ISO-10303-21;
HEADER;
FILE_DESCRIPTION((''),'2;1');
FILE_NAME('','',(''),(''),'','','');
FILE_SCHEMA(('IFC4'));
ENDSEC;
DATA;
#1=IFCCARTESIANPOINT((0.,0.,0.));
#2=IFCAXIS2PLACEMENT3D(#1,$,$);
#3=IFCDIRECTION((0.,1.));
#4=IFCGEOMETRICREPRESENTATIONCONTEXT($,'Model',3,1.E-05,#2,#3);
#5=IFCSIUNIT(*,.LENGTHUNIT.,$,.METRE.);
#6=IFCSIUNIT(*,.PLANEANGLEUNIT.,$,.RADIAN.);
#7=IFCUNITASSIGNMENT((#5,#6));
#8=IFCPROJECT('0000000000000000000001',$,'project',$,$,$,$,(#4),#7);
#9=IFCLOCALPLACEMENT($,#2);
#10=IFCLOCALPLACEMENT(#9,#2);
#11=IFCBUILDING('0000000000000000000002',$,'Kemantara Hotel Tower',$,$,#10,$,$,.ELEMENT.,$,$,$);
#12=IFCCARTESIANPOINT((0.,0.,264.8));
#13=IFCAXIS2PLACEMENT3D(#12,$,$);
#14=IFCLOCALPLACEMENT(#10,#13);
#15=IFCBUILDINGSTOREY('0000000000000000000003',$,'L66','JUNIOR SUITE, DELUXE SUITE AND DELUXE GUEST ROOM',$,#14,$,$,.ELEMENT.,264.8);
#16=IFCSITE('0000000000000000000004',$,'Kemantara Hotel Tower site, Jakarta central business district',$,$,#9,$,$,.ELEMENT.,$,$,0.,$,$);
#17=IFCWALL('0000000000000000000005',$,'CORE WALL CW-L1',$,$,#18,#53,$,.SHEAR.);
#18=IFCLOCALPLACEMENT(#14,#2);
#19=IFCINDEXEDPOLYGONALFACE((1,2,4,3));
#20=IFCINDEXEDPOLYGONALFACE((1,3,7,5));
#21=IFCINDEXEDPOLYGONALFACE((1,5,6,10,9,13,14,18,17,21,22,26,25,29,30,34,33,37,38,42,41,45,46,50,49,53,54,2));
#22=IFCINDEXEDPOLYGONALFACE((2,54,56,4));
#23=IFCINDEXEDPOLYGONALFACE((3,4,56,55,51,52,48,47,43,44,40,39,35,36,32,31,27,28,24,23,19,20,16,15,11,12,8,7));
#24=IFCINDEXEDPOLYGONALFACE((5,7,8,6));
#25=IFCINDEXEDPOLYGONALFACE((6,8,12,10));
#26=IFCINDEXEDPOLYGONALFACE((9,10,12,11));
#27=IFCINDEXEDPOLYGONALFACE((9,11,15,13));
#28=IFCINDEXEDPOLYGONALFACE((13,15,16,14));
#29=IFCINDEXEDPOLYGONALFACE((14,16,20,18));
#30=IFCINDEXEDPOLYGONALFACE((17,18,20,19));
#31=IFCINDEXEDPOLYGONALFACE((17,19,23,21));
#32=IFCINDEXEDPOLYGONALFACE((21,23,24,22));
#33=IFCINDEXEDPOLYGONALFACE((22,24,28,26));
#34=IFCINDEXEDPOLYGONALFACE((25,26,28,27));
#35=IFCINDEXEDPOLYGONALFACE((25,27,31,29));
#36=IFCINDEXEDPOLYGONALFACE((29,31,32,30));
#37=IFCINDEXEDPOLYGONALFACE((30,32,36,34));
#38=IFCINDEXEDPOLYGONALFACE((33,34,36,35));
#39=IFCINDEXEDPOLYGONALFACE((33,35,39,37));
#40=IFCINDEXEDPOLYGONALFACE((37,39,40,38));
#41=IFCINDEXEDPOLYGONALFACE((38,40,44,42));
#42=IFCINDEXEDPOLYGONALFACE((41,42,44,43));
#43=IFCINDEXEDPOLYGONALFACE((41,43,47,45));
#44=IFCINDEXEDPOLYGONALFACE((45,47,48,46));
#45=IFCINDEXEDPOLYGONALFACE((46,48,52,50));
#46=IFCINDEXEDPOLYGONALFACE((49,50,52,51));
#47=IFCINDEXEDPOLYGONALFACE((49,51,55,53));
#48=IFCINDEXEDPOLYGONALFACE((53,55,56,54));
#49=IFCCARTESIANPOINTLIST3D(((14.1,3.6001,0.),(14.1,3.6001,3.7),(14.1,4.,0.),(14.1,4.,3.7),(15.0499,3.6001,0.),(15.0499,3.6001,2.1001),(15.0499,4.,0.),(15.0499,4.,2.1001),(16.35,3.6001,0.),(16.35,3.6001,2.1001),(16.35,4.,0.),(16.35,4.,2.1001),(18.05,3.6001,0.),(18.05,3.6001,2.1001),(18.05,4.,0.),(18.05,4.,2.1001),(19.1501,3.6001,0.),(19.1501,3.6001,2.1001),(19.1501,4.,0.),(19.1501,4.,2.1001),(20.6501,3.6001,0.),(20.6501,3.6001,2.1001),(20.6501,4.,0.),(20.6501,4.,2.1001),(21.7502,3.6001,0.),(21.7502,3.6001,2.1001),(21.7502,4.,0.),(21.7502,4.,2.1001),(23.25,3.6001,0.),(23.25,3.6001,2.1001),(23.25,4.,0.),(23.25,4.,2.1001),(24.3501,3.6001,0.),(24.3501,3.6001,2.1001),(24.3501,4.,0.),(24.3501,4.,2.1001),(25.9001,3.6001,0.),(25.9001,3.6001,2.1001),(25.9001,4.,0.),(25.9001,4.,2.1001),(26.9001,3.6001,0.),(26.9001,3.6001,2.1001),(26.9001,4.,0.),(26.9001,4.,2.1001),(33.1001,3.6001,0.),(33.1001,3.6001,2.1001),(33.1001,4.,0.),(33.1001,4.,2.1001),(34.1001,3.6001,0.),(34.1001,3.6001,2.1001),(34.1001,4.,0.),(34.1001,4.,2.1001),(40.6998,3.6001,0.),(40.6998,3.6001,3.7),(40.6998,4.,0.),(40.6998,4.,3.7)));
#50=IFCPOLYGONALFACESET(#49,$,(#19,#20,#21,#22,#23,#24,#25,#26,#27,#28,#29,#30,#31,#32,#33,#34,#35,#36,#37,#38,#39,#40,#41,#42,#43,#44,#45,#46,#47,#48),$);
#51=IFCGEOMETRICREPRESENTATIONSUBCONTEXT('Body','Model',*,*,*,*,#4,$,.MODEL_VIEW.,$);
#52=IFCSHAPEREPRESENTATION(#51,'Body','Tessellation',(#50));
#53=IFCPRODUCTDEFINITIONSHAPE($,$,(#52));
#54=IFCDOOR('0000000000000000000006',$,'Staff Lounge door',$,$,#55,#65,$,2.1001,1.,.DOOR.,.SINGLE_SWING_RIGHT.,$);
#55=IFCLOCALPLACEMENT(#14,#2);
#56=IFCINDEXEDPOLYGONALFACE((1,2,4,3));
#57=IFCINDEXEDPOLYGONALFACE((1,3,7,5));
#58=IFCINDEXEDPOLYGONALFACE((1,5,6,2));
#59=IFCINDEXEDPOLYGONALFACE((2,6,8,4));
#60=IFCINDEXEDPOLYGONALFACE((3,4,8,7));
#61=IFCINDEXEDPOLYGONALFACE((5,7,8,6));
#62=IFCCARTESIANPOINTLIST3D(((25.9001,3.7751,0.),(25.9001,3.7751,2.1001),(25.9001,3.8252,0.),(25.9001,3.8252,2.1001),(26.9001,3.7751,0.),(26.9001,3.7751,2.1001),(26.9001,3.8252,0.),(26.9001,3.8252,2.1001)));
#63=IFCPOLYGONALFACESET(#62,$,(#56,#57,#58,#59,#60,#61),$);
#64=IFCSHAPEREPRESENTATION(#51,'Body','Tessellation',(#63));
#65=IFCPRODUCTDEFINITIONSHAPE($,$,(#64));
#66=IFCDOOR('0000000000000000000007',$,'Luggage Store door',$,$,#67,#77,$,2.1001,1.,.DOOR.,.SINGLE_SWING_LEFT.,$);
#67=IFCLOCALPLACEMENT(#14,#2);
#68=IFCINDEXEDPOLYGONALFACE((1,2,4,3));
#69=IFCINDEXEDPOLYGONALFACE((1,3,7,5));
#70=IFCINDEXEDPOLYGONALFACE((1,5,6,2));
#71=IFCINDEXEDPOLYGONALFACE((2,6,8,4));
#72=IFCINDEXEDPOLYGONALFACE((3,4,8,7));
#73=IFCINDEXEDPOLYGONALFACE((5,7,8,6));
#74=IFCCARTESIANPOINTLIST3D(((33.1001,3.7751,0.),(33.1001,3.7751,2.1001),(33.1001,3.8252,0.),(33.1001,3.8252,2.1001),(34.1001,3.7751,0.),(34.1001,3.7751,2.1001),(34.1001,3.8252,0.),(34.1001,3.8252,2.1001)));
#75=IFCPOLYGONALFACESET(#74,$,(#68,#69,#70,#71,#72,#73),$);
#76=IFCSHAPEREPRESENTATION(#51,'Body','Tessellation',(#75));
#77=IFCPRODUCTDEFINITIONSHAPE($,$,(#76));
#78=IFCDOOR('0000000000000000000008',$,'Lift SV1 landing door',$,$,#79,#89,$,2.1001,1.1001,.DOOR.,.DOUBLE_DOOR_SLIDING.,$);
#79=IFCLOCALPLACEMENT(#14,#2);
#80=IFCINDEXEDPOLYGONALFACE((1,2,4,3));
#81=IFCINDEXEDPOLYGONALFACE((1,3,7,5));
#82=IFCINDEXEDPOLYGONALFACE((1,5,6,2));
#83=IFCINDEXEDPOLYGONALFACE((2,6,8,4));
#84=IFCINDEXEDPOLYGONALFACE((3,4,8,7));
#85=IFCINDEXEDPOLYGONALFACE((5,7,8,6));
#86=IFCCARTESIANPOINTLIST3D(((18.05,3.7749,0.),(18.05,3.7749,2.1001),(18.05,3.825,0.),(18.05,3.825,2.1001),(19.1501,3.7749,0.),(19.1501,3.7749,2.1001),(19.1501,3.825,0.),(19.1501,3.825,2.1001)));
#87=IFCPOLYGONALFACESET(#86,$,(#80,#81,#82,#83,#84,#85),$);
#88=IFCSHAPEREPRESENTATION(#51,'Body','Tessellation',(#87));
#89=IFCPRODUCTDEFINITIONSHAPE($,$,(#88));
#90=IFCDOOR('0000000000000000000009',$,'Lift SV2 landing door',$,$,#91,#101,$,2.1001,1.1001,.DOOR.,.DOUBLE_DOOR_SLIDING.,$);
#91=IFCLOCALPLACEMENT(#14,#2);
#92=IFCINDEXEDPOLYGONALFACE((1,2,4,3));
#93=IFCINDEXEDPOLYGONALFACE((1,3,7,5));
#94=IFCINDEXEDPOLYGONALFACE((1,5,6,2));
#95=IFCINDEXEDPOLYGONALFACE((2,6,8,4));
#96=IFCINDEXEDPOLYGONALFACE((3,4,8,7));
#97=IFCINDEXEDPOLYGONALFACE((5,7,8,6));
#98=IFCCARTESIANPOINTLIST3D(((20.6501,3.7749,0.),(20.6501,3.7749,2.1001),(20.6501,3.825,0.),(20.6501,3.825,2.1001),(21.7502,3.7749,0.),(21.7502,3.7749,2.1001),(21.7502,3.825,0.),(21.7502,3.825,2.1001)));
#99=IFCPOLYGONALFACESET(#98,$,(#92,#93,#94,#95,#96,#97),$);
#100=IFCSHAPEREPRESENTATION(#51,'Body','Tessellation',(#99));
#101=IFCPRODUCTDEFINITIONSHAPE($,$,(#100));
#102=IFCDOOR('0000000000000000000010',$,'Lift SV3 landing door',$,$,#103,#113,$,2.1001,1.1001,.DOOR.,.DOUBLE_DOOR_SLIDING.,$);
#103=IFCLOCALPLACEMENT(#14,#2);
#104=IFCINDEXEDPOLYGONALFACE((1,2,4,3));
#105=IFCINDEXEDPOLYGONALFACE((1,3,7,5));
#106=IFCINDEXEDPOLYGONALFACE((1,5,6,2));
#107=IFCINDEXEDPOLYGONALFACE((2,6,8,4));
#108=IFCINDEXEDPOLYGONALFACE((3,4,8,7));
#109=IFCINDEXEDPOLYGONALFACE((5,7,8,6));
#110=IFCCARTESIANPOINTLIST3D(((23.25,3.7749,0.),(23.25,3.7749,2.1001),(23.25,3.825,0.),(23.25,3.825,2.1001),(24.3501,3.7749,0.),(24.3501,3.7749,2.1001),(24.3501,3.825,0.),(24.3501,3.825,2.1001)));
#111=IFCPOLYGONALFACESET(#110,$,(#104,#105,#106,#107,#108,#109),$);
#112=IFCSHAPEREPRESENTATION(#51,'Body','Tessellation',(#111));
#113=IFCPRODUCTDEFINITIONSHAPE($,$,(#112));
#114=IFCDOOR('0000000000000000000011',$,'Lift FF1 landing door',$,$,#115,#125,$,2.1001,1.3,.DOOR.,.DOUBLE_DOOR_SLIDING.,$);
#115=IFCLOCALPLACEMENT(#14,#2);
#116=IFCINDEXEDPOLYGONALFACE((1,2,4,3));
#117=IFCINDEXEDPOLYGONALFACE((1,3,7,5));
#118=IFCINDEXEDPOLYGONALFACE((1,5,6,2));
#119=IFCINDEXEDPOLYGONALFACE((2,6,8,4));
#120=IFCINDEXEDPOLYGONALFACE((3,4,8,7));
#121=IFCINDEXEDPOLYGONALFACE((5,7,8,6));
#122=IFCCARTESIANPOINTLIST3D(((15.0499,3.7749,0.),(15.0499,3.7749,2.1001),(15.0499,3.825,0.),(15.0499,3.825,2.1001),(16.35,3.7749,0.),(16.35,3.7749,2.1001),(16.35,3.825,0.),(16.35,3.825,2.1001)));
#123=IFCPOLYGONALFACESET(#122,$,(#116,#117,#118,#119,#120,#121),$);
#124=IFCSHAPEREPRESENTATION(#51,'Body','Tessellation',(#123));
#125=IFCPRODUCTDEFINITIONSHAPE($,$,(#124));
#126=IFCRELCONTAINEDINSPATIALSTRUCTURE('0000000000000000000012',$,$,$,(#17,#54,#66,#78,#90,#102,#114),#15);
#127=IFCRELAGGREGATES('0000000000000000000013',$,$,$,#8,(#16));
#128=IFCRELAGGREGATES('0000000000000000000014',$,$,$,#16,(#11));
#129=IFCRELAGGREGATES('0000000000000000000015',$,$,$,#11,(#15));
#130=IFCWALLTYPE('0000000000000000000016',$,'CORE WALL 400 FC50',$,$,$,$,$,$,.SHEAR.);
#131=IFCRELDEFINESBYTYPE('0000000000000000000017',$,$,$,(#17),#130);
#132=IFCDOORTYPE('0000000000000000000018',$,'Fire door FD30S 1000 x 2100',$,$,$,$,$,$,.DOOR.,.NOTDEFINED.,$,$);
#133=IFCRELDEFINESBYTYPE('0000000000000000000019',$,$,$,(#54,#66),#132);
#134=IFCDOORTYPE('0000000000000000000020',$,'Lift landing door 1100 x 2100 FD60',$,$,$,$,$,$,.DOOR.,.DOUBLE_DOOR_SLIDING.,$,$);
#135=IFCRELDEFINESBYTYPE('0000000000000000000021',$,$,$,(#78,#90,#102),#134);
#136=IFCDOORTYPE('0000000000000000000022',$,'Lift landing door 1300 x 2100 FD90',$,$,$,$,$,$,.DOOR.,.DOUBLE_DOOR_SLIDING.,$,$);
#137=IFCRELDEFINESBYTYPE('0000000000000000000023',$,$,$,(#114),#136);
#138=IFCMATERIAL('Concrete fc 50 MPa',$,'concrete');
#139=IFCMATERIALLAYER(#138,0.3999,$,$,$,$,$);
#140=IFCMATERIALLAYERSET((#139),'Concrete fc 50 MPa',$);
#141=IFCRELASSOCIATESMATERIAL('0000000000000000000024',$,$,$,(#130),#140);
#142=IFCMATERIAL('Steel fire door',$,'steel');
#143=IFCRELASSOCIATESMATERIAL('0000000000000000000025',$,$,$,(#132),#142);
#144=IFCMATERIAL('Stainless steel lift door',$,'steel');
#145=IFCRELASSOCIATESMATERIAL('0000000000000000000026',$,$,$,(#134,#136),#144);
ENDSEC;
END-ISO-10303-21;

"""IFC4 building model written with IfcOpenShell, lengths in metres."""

from ifc_helpers import new_model, si_unit, direction, frame, frame_2d, origin, place, context, subcontext, project, spatial, rectangle, extrude, material, layer, layer_set, type_object, element, fill, save


model = new_model("IFC4")

# Units and contexts
model_context = context("Model", 3, precision=1e-05, world=origin(), true_north=direction((0.0, 1.0)))
body_context = subcontext(model_context, "Body", "Model", "MODEL_VIEW")
ifc_project = project(units=[si_unit("LENGTHUNIT", "METRE"), si_unit("PLANEANGLEUNIT", "RADIAN")], contexts=[model_context])

# Site, building, storey
site_placement = place(None, origin())
site = spatial("IfcSite", under=ifc_project, at=site_placement, Name="Kemantara Hotel Tower site, Jakarta central business district", CompositionType="ELEMENT", RefElevation=0.0)
building_placement = place(site_placement, origin())
building = spatial("IfcBuilding", under=site, at=building_placement, Name="Kemantara Hotel Tower", CompositionType="ELEMENT")
storey_placement = place(building_placement, frame((0.0, 0.0, 264.8)))
storey = spatial("IfcBuildingStorey", under=building, at=storey_placement, Name="L66", Description="JUNIOR SUITE, DELUXE SUITE AND DELUXE GUEST ROOM", CompositionType="ELEMENT", Elevation=264.8)

# Shared definitions
ifc_material_1 = material(Name="Concrete fc 50 MPa", Category="concrete")

# Shared definitions
ifc_layer_1 = layer(ifc_material_1, 0.3999)
ifc_layer_set_1 = layer_set([ifc_layer_1], Name="Concrete fc 50 MPa")
wall_type_1 = type_object("IfcWallType", Name="CORE WALL 400 FC50", PredefinedType="SHEAR", material=ifc_layer_set_1)
ifc_material_2 = material(Name="Steel fire door", Category="steel")
door_type_1 = type_object("IfcDoorType", Name="Fire door FD30S 1000 x 2100", OperationType="NOTDEFINED", PredefinedType="DOOR", material=ifc_material_2)

# Wall, openings, doors
wall_1_placement = place(storey_placement, frame((14.1001, 3.8, 0.0), z_axis=(0.0, 0.0, 1.0), x_axis=(1.0, 0.0, 0.0)))
wall_1 = element("IfcWall", 1, at=wall_1_placement, inside=storey, type_object=wall_type_1, Name="CORE WALL CW-L1", PredefinedType="SHEAR", context=body_context, shape_type="SweptSolid", body=[
    extrude(rectangle(XDim=26.5999, YDim=0.3999, at=frame_2d((13.2998, 0.0))), origin(), (0.0, 0.0, 1.0), 3.7),
])
opening_1_placement = place(wall_1_placement, frame((0.95, 0.0, 0.0)))
opening_1 = element("IfcOpeningElement", 2, at=opening_1_placement, cuts=wall_1, PredefinedType="OPENING", context=body_context, shape_type="SweptSolid", body=[
    extrude(rectangle(XDim=1.3, YDim=2.1001, at=frame_2d((0.6499, 1.05))), frame((0.0, 0.21, 0.0), z_axis=(0.0, -1.0, 0.0), x_axis=(1.0, 0.0, 0.0)), (0.0, 0.0, 1.0), 0.4199),
])
opening_2_placement = place(wall_1_placement, frame((3.95, 0.0, 0.0)))
opening_2 = element("IfcOpeningElement", 3, at=opening_2_placement, cuts=wall_1, PredefinedType="OPENING", context=body_context, shape_type="SweptSolid", body=[
    extrude(rectangle(XDim=1.1001, YDim=2.1001, at=frame_2d((0.55, 1.05))), frame((0.0, 0.21, 0.0), z_axis=(0.0, -1.0, 0.0), x_axis=(1.0, 0.0, 0.0)), (0.0, 0.0, 1.0), 0.4199),
])
opening_3_placement = place(wall_1_placement, frame((6.55, 0.0, 0.0)))
opening_3 = element("IfcOpeningElement", 4, at=opening_3_placement, cuts=wall_1, PredefinedType="OPENING", context=body_context, shape_type="SweptSolid", body=[
    extrude(rectangle(XDim=1.1001, YDim=2.1001, at=frame_2d((0.55, 1.05))), frame((0.0, 0.21, 0.0), z_axis=(0.0, -1.0, 0.0), x_axis=(1.0, 0.0, 0.0)), (0.0, 0.0, 1.0), 0.4199),
])
opening_4_placement = place(wall_1_placement, frame((9.1499, 0.0, 0.0)))
opening_4 = element("IfcOpeningElement", 5, at=opening_4_placement, cuts=wall_1, PredefinedType="OPENING", context=body_context, shape_type="SweptSolid", body=[
    extrude(rectangle(XDim=1.1001, YDim=2.1001, at=frame_2d((0.55, 1.05))), frame((0.0, 0.21, 0.0), z_axis=(0.0, -1.0, 0.0), x_axis=(1.0, 0.0, 0.0)), (0.0, 0.0, 1.0), 0.4199),
])
opening_5_placement = place(wall_1_placement, frame((11.8, 0.0, 0.0)))
opening_5 = element("IfcOpeningElement", 6, at=opening_5_placement, cuts=wall_1, PredefinedType="OPENING", context=body_context, shape_type="SweptSolid", body=[
    extrude(rectangle(XDim=1.0, YDim=2.1001, at=frame_2d((0.5, 1.05))), frame((0.0, 0.21, 0.0), z_axis=(0.0, -1.0, 0.0), x_axis=(1.0, 0.0, 0.0)), (0.0, 0.0, 1.0), 0.4199),
])
opening_6_placement = place(wall_1_placement, frame((19.0, 0.0, 0.0)))
opening_6 = element("IfcOpeningElement", 7, at=opening_6_placement, cuts=wall_1, PredefinedType="OPENING", context=body_context, shape_type="SweptSolid", body=[
    extrude(rectangle(XDim=1.0, YDim=2.1001, at=frame_2d((0.5, 1.05))), frame((0.0, 0.21, 0.0), z_axis=(0.0, -1.0, 0.0), x_axis=(1.0, 0.0, 0.0)), (0.0, 0.0, 1.0), 0.4199),
])
door_1_placement = place(opening_5_placement, frame((1.0, 0.0, 0.0), z_axis=(0.0, 0.0, 1.0), x_axis=(-1.0, 0.0, 0.0)))
door_1 = element("IfcDoor", 8, at=door_1_placement, inside=storey, type_object=door_type_1, Name="Staff Lounge door", OperationType="SINGLE_SWING_RIGHT", OverallHeight=2.1001, OverallWidth=1.0, PredefinedType="DOOR", context=body_context, shape_type="SweptSolid", body=[
    extrude(rectangle(XDim=1.0, YDim=2.1001, at=frame_2d((0.5, 1.05))), frame((0.0, 0.0249, 0.0), z_axis=(0.0, -1.0, 0.0), x_axis=(1.0, 0.0, 0.0)), (0.0, 0.0, 1.0), 0.05),
])
fill(opening_5, door_1)
door_2_placement = place(opening_6_placement, frame((1.0, 0.0, 0.0), z_axis=(0.0, 0.0, 1.0), x_axis=(-1.0, 0.0, 0.0)))
door_2 = element("IfcDoor", 9, at=door_2_placement, inside=storey, type_object=door_type_1, Name="Luggage Store door", OperationType="SINGLE_SWING_LEFT", OverallHeight=2.1001, OverallWidth=1.0, PredefinedType="DOOR", context=body_context, shape_type="SweptSolid", body=[
    extrude(rectangle(XDim=1.0, YDim=2.1001, at=frame_2d((0.5, 1.05))), frame((0.0, 0.0249, 0.0), z_axis=(0.0, -1.0, 0.0), x_axis=(1.0, 0.0, 0.0)), (0.0, 0.0, 1.0), 0.05),
])
fill(opening_6, door_2)
ifc_material_3 = material(Name="Stainless steel lift door", Category="steel")
door_type_2 = type_object("IfcDoorType", Name="Lift landing door 1100 x 2100 FD60", OperationType="DOUBLE_DOOR_SLIDING", PredefinedType="DOOR", material=ifc_material_3)
door_3_placement = place(opening_2_placement, origin())
door_3 = element("IfcDoor", 10, at=door_3_placement, inside=storey, type_object=door_type_2, Name="Lift SV1 landing door", OperationType="DOUBLE_DOOR_SLIDING", OverallHeight=2.1001, OverallWidth=1.1001, PredefinedType="DOOR", context=body_context, shape_type="SweptSolid", body=[
    extrude(rectangle(XDim=1.1001, YDim=2.1001, at=frame_2d((0.55, 1.05))), frame((0.0, 0.0249, 0.0), z_axis=(0.0, -1.0, 0.0), x_axis=(1.0, 0.0, 0.0)), (0.0, 0.0, 1.0), 0.05),
])
fill(opening_2, door_3)
door_4_placement = place(opening_3_placement, origin())
door_4 = element("IfcDoor", 11, at=door_4_placement, inside=storey, type_object=door_type_2, Name="Lift SV2 landing door", OperationType="DOUBLE_DOOR_SLIDING", OverallHeight=2.1001, OverallWidth=1.1001, PredefinedType="DOOR", context=body_context, shape_type="SweptSolid", body=[
    extrude(rectangle(XDim=1.1001, YDim=2.1001, at=frame_2d((0.55, 1.05))), frame((0.0, 0.0249, 0.0), z_axis=(0.0, -1.0, 0.0), x_axis=(1.0, 0.0, 0.0)), (0.0, 0.0, 1.0), 0.05),
])
fill(opening_3, door_4)
door_5_placement = place(opening_4_placement, origin())
door_5 = element("IfcDoor", 12, at=door_5_placement, inside=storey, type_object=door_type_2, Name="Lift SV3 landing door", OperationType="DOUBLE_DOOR_SLIDING", OverallHeight=2.1001, OverallWidth=1.1001, PredefinedType="DOOR", context=body_context, shape_type="SweptSolid", body=[
    extrude(rectangle(XDim=1.1001, YDim=2.1001, at=frame_2d((0.55, 1.05))), frame((0.0, 0.0249, 0.0), z_axis=(0.0, -1.0, 0.0), x_axis=(1.0, 0.0, 0.0)), (0.0, 0.0, 1.0), 0.05),
])
fill(opening_4, door_5)
door_type_3 = type_object("IfcDoorType", Name="Lift landing door 1300 x 2100 FD90", OperationType="DOUBLE_DOOR_SLIDING", PredefinedType="DOOR", material=ifc_material_3)
door_6_placement = place(opening_1_placement, origin())
door_6 = element("IfcDoor", 13, at=door_6_placement, inside=storey, type_object=door_type_3, Name="Lift FF1 landing door", OperationType="DOUBLE_DOOR_SLIDING", OverallHeight=2.1001, OverallWidth=1.3, PredefinedType="DOOR", context=body_context, shape_type="SweptSolid", body=[
    extrude(rectangle(XDim=1.3, YDim=2.1001, at=frame_2d((0.6499, 1.05))), frame((0.0, 0.0249, 0.0), z_axis=(0.0, -1.0, 0.0), x_axis=(1.0, 0.0, 0.0)), (0.0, 0.0, 1.0), 0.05),
])
fill(opening_1, door_6)

save(model, "model.ifc")
